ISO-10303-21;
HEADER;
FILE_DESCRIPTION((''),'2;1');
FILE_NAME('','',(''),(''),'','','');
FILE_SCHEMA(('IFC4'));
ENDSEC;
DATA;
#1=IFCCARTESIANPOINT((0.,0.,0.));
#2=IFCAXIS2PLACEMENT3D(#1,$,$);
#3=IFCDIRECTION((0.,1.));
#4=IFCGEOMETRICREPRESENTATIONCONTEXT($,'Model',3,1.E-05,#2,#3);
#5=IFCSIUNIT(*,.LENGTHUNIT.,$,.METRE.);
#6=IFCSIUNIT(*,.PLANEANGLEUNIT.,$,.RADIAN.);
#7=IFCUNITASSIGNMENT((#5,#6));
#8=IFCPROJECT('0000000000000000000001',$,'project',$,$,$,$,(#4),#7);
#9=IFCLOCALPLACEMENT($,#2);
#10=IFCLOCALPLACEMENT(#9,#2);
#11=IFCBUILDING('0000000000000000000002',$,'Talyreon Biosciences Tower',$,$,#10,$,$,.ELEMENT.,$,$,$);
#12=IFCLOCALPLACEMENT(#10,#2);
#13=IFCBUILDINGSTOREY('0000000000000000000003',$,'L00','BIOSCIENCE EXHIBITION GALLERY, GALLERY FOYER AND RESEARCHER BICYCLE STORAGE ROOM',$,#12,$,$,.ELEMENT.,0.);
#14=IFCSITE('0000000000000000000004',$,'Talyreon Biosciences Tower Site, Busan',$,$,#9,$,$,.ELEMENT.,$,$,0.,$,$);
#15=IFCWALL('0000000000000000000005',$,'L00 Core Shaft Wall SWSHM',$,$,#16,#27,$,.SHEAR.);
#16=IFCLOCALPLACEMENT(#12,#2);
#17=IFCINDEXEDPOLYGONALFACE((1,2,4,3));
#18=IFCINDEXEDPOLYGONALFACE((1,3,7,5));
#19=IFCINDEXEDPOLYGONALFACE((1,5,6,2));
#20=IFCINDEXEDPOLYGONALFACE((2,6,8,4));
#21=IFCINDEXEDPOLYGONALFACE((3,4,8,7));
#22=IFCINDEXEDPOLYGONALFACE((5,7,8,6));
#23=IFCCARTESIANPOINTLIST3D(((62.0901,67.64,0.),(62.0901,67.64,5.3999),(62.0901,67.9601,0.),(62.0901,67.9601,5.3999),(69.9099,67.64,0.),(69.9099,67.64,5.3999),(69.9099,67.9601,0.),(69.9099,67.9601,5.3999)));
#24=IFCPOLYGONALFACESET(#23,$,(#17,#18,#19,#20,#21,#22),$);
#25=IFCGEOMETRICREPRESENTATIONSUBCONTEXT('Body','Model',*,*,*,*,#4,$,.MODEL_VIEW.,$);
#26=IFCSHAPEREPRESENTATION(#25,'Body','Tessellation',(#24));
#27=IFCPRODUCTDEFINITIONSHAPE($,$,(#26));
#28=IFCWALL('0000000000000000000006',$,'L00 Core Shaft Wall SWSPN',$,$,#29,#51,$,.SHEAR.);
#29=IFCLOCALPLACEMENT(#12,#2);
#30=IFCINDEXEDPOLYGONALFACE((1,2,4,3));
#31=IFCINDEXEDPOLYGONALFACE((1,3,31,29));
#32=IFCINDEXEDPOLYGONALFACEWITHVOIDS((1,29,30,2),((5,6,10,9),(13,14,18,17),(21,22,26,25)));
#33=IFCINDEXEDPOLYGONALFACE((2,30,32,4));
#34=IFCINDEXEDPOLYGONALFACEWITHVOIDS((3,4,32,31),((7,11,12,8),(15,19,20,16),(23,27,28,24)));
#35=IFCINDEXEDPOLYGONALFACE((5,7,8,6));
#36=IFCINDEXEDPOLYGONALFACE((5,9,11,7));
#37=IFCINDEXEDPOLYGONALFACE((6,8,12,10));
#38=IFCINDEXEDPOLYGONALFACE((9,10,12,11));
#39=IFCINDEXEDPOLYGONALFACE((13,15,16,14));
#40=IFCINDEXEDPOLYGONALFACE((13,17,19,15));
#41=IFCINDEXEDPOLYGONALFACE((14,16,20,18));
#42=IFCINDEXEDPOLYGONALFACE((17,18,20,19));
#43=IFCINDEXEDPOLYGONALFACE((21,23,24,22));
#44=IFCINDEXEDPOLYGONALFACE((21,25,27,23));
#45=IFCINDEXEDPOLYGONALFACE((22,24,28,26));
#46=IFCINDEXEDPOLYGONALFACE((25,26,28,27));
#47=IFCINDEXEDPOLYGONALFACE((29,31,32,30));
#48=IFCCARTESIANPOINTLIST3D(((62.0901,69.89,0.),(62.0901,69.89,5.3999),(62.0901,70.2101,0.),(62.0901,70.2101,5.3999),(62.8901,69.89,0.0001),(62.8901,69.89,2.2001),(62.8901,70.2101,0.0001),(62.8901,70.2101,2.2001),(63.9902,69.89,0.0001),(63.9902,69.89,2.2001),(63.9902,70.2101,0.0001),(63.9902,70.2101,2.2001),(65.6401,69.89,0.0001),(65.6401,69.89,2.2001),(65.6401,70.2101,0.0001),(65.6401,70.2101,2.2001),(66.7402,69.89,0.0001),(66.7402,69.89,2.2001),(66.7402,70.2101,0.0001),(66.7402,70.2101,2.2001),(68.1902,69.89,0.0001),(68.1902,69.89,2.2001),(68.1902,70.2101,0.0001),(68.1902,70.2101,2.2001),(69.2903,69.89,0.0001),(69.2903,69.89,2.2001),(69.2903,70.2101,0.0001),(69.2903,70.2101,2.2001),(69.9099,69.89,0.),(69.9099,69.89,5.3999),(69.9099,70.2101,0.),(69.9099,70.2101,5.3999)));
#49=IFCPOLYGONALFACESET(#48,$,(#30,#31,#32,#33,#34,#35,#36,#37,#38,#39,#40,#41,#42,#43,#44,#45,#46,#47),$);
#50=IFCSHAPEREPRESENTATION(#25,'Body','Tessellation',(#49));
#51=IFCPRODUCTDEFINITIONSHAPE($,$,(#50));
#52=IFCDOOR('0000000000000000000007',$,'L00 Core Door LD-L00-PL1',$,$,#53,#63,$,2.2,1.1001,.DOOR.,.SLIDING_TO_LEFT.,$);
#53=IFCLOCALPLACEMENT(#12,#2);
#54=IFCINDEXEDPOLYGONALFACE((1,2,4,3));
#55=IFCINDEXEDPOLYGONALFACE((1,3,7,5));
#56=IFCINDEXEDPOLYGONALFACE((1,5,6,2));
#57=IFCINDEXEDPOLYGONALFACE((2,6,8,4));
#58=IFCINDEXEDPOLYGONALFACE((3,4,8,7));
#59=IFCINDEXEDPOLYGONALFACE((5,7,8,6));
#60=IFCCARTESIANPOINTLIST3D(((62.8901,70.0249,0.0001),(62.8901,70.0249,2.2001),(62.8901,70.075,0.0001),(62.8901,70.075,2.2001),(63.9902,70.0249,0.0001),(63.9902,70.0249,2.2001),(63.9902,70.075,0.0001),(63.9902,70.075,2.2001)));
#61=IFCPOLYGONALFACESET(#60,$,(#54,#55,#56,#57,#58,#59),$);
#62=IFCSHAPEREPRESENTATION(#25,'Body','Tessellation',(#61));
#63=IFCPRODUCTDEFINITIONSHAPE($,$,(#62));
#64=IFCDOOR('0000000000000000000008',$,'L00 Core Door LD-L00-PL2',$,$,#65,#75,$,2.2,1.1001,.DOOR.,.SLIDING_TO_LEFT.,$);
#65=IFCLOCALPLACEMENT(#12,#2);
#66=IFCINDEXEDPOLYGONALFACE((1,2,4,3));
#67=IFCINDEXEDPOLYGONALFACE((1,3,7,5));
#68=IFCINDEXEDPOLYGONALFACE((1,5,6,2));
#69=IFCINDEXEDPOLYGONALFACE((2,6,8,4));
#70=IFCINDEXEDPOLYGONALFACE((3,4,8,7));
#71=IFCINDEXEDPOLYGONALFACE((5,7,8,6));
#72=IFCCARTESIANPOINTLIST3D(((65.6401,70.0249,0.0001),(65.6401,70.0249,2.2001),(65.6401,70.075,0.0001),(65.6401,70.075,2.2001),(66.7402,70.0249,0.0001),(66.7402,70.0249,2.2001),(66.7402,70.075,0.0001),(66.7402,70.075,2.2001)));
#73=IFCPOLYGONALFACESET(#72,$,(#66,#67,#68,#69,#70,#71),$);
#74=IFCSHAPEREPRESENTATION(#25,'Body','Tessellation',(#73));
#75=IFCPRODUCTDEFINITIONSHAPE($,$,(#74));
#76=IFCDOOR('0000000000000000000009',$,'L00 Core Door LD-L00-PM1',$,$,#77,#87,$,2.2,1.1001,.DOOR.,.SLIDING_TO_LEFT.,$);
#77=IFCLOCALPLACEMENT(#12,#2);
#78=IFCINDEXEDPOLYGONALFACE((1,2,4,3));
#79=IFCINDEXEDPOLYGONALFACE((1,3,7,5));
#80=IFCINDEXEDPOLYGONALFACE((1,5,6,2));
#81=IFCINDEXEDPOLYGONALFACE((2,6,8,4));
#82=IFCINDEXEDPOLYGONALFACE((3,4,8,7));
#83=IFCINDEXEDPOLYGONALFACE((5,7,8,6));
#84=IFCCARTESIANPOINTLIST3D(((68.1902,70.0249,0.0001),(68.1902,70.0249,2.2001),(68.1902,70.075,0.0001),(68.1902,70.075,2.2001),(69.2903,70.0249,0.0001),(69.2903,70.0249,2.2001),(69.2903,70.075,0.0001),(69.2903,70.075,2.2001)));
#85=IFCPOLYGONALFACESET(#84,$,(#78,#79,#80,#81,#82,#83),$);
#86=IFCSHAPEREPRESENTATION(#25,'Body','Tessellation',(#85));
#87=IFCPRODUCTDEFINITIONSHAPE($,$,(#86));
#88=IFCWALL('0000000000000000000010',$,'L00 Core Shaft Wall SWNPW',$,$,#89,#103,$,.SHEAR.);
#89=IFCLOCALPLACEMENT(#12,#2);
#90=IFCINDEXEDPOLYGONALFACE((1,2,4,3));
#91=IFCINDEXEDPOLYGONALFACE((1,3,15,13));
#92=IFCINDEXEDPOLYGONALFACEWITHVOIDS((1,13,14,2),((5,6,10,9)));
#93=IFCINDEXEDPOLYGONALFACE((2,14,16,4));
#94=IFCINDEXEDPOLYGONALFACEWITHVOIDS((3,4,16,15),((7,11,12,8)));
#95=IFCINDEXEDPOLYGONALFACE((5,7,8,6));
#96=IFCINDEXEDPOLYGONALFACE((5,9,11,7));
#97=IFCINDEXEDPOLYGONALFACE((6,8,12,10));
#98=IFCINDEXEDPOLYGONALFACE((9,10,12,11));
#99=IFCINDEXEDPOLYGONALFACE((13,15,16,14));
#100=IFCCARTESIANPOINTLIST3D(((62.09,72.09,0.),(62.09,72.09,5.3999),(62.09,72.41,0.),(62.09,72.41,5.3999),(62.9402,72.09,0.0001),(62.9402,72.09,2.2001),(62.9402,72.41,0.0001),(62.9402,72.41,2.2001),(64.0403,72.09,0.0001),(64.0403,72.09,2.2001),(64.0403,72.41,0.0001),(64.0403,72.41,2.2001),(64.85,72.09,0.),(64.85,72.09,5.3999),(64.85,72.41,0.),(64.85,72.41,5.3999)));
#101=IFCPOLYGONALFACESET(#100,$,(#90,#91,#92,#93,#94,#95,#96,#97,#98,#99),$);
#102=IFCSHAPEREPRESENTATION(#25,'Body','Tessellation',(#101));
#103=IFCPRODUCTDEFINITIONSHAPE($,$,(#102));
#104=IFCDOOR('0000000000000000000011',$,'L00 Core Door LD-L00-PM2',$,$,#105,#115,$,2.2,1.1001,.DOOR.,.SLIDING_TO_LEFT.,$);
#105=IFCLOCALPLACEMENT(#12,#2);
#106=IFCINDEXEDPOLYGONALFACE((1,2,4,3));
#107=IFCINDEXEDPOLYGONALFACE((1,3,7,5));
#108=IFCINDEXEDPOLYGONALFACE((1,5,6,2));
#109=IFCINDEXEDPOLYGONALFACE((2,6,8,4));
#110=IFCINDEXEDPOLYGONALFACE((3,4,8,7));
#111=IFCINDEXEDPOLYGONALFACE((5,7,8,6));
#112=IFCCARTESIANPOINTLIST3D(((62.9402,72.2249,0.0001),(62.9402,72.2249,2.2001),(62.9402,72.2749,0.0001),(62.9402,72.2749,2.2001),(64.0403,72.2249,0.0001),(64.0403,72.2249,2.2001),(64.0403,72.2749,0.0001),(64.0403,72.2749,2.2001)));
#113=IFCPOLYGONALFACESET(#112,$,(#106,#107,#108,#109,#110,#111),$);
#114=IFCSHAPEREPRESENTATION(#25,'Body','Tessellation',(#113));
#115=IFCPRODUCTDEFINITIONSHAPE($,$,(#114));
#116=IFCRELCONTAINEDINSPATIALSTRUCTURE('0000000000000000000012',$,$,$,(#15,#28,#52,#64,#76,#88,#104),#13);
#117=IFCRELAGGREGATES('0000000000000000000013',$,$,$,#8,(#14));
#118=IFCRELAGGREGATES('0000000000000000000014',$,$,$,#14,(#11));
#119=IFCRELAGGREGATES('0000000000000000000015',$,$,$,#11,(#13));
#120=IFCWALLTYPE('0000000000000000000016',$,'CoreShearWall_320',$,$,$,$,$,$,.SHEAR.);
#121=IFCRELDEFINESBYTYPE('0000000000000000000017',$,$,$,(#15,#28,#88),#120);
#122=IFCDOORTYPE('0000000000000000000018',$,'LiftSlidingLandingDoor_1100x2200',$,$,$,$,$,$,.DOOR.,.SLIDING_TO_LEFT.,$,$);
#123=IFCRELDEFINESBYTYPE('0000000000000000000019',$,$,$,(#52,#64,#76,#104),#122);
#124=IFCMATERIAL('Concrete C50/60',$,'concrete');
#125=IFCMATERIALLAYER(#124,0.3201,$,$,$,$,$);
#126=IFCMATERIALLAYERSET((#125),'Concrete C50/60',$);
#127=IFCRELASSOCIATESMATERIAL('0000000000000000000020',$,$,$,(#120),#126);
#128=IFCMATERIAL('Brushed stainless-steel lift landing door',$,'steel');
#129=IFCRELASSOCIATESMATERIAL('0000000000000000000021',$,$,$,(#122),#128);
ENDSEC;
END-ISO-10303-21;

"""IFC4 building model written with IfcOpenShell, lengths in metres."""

from ifc_helpers import new_model, si_unit, direction, frame, frame_2d, origin, place, context, subcontext, project, spatial, rectangle, extrude, material, layer, layer_set, type_object, element, fill, save


model = new_model("IFC4")

# Units and contexts
model_context = context("Model", 3, precision=1e-05, world=origin(), true_north=direction((0.0, 1.0)))
body_context = subcontext(model_context, "Body", "Model", "MODEL_VIEW")
ifc_project = project(units=[si_unit("LENGTHUNIT", "METRE"), si_unit("PLANEANGLEUNIT", "RADIAN")], contexts=[model_context])

# Site, building, storey
site_placement = place(None, origin())
site = spatial("IfcSite", under=ifc_project, at=site_placement, Name="Talyreon Biosciences Tower Site, Busan", CompositionType="ELEMENT", RefElevation=0.0)
building_placement = place(site_placement, origin())
building = spatial("IfcBuilding", under=site, at=building_placement, Name="Talyreon Biosciences Tower", CompositionType="ELEMENT")
storey_placement = place(building_placement, origin())
storey = spatial("IfcBuildingStorey", under=building, at=storey_placement, Name="L00", Description="BIOSCIENCE EXHIBITION GALLERY, GALLERY FOYER AND RESEARCHER BICYCLE STORAGE ROOM", CompositionType="ELEMENT", Elevation=0.0)

# Wall
ifc_material_1 = material(Name="Concrete C50/60", Category="concrete")
ifc_layer = layer(ifc_material_1, 0.3201)
ifc_layer_set = layer_set([ifc_layer], Name="Concrete C50/60")
wall_type = type_object("IfcWallType", Name="CoreShearWall_320", PredefinedType="SHEAR", material=ifc_layer_set)
wall_1_placement = place(storey_placement, frame((62.0901, 67.8, 0.0), z_axis=(0.0, 0.0, 1.0), x_axis=(1.0, 0.0, 0.0)))
element("IfcWall", 1, at=wall_1_placement, inside=storey, type_object=wall_type, Name="L00 Core Shaft Wall SWSHM", PredefinedType="SHEAR", context=body_context, shape_type="SweptSolid", body=[
    extrude(rectangle(XDim=7.8198, YDim=0.3201, at=frame_2d((3.9099, 0.0))), origin(), (0.0, 0.0, 1.0), 5.3999),
])

# Wall, openings, doors
wall_2_placement = place(storey_placement, frame((62.0901, 70.05, 0.0), z_axis=(0.0, 0.0, 1.0), x_axis=(1.0, 0.0, 0.0)))
wall_2 = element("IfcWall", 2, at=wall_2_placement, inside=storey, type_object=wall_type, Name="L00 Core Shaft Wall SWSPN", PredefinedType="SHEAR", context=body_context, shape_type="SweptSolid", body=[
    extrude(rectangle(XDim=7.8198, YDim=0.3201, at=frame_2d((3.9099, 0.0))), origin(), (0.0, 0.0, 1.0), 5.3999),
])
opening_1_placement = place(wall_2_placement, frame((0.8, 0.0, 0.0)))
opening_1 = element("IfcOpeningElement", 3, at=opening_1_placement, cuts=wall_2, PredefinedType="OPENING", context=body_context, shape_type="SweptSolid", body=[
    extrude(rectangle(XDim=1.1001, YDim=2.2, at=frame_2d((0.55, 1.1001))), frame((0.0, 0.1699, 0.0), z_axis=(0.0, -1.0, 0.0), x_axis=(1.0, 0.0, 0.0)), (0.0, 0.0, 1.0), 0.3401),
])
opening_2_placement = place(wall_2_placement, frame((3.55, 0.0, 0.0)))
opening_2 = element("IfcOpeningElement", 4, at=opening_2_placement, cuts=wall_2, PredefinedType="OPENING", context=body_context, shape_type="SweptSolid", body=[
    extrude(rectangle(XDim=1.1001, YDim=2.2, at=frame_2d((0.55, 1.1001))), frame((0.0, 0.1699, 0.0), z_axis=(0.0, -1.0, 0.0), x_axis=(1.0, 0.0, 0.0)), (0.0, 0.0, 1.0), 0.3401),
])
opening_3_placement = place(wall_2_placement, frame((6.1001, 0.0, 0.0)))
opening_3 = element("IfcOpeningElement", 5, at=opening_3_placement, cuts=wall_2, PredefinedType="OPENING", context=body_context, shape_type="SweptSolid", body=[
    extrude(rectangle(XDim=1.1001, YDim=2.2, at=frame_2d((0.55, 1.1001))), frame((0.0, 0.1699, 0.0), z_axis=(0.0, -1.0, 0.0), x_axis=(1.0, 0.0, 0.0)), (0.0, 0.0, 1.0), 0.3401),
])
ifc_material_2 = material(Name="Brushed stainless-steel lift landing door", Category="steel")
door_type = type_object("IfcDoorType", Name="LiftSlidingLandingDoor_1100x2200", OperationType="SLIDING_TO_LEFT", PredefinedType="DOOR", material=ifc_material_2)
door_1_placement = place(opening_1_placement, origin())
door_1 = element("IfcDoor", 6, at=door_1_placement, inside=storey, type_object=door_type, Name="L00 Core Door LD-L00-PL1", OperationType="SLIDING_TO_LEFT", OverallHeight=2.2, OverallWidth=1.1001, PredefinedType="DOOR", context=body_context, shape_type="SweptSolid", body=[
    extrude(rectangle(XDim=1.1001, YDim=2.2, at=frame_2d((0.55, 1.1001))), frame((0.0, 0.0249, 0.0), z_axis=(0.0, -1.0, 0.0), x_axis=(1.0, 0.0, 0.0)), (0.0, 0.0, 1.0), 0.05),
])
fill(opening_1, door_1)
door_2_placement = place(opening_2_placement, origin())
door_2 = element("IfcDoor", 7, at=door_2_placement, inside=storey, type_object=door_type, Name="L00 Core Door LD-L00-PL2", OperationType="SLIDING_TO_LEFT", OverallHeight=2.2, OverallWidth=1.1001, PredefinedType="DOOR", context=body_context, shape_type="SweptSolid", body=[
    extrude(rectangle(XDim=1.1001, YDim=2.2, at=frame_2d((0.55, 1.1001))), frame((0.0, 0.0249, 0.0), z_axis=(0.0, -1.0, 0.0), x_axis=(1.0, 0.0, 0.0)), (0.0, 0.0, 1.0), 0.05),
])
fill(opening_2, door_2)
door_3_placement = place(opening_3_placement, origin())
door_3 = element("IfcDoor", 8, at=door_3_placement, inside=storey, type_object=door_type, Name="L00 Core Door LD-L00-PM1", OperationType="SLIDING_TO_LEFT", OverallHeight=2.2, OverallWidth=1.1001, PredefinedType="DOOR", context=body_context, shape_type="SweptSolid", body=[
    extrude(rectangle(XDim=1.1001, YDim=2.2, at=frame_2d((0.55, 1.1001))), frame((0.0, 0.0249, 0.0), z_axis=(0.0, -1.0, 0.0), x_axis=(1.0, 0.0, 0.0)), (0.0, 0.0, 1.0), 0.05),
])
fill(opening_3, door_3)

# Wall, opening, door
wall_3_placement = place(storey_placement, frame((62.0901, 72.25, 0.0), z_axis=(0.0, 0.0, 1.0), x_axis=(1.0, 0.0, 0.0)))
wall_3 = element("IfcWall", 9, at=wall_3_placement, inside=storey, type_object=wall_type, Name="L00 Core Shaft Wall SWNPW", PredefinedType="SHEAR", context=body_context, shape_type="SweptSolid", body=[
    extrude(rectangle(XDim=2.76, YDim=0.3201, at=frame_2d((1.3799, 0.0))), origin(), (0.0, 0.0, 1.0), 5.3999),
])
opening_4_placement = place(wall_3_placement, frame((0.8501, 0.0, 0.0)))
opening_4 = element("IfcOpeningElement", 10, at=opening_4_placement, cuts=wall_3, PredefinedType="OPENING", context=body_context, shape_type="SweptSolid", body=[
    extrude(rectangle(XDim=1.1001, YDim=2.2, at=frame_2d((0.55, 1.1001))), frame((0.0, 0.1699, 0.0), z_axis=(0.0, -1.0, 0.0), x_axis=(1.0, 0.0, 0.0)), (0.0, 0.0, 1.0), 0.3401),
])
door_4_placement = place(opening_4_placement, origin())
door_4 = element("IfcDoor", 11, at=door_4_placement, inside=storey, type_object=door_type, Name="L00 Core Door LD-L00-PM2", OperationType="SLIDING_TO_LEFT", OverallHeight=2.2, OverallWidth=1.1001, PredefinedType="DOOR", context=body_context, shape_type="SweptSolid", body=[
    extrude(rectangle(XDim=1.1001, YDim=2.2, at=frame_2d((0.55, 1.1001))), frame((0.0, 0.0249, 0.0), z_axis=(0.0, -1.0, 0.0), x_axis=(1.0, 0.0, 0.0)), (0.0, 0.0, 1.0), 0.05),
])
fill(opening_4, door_4)

save(model, "model.ifc")
